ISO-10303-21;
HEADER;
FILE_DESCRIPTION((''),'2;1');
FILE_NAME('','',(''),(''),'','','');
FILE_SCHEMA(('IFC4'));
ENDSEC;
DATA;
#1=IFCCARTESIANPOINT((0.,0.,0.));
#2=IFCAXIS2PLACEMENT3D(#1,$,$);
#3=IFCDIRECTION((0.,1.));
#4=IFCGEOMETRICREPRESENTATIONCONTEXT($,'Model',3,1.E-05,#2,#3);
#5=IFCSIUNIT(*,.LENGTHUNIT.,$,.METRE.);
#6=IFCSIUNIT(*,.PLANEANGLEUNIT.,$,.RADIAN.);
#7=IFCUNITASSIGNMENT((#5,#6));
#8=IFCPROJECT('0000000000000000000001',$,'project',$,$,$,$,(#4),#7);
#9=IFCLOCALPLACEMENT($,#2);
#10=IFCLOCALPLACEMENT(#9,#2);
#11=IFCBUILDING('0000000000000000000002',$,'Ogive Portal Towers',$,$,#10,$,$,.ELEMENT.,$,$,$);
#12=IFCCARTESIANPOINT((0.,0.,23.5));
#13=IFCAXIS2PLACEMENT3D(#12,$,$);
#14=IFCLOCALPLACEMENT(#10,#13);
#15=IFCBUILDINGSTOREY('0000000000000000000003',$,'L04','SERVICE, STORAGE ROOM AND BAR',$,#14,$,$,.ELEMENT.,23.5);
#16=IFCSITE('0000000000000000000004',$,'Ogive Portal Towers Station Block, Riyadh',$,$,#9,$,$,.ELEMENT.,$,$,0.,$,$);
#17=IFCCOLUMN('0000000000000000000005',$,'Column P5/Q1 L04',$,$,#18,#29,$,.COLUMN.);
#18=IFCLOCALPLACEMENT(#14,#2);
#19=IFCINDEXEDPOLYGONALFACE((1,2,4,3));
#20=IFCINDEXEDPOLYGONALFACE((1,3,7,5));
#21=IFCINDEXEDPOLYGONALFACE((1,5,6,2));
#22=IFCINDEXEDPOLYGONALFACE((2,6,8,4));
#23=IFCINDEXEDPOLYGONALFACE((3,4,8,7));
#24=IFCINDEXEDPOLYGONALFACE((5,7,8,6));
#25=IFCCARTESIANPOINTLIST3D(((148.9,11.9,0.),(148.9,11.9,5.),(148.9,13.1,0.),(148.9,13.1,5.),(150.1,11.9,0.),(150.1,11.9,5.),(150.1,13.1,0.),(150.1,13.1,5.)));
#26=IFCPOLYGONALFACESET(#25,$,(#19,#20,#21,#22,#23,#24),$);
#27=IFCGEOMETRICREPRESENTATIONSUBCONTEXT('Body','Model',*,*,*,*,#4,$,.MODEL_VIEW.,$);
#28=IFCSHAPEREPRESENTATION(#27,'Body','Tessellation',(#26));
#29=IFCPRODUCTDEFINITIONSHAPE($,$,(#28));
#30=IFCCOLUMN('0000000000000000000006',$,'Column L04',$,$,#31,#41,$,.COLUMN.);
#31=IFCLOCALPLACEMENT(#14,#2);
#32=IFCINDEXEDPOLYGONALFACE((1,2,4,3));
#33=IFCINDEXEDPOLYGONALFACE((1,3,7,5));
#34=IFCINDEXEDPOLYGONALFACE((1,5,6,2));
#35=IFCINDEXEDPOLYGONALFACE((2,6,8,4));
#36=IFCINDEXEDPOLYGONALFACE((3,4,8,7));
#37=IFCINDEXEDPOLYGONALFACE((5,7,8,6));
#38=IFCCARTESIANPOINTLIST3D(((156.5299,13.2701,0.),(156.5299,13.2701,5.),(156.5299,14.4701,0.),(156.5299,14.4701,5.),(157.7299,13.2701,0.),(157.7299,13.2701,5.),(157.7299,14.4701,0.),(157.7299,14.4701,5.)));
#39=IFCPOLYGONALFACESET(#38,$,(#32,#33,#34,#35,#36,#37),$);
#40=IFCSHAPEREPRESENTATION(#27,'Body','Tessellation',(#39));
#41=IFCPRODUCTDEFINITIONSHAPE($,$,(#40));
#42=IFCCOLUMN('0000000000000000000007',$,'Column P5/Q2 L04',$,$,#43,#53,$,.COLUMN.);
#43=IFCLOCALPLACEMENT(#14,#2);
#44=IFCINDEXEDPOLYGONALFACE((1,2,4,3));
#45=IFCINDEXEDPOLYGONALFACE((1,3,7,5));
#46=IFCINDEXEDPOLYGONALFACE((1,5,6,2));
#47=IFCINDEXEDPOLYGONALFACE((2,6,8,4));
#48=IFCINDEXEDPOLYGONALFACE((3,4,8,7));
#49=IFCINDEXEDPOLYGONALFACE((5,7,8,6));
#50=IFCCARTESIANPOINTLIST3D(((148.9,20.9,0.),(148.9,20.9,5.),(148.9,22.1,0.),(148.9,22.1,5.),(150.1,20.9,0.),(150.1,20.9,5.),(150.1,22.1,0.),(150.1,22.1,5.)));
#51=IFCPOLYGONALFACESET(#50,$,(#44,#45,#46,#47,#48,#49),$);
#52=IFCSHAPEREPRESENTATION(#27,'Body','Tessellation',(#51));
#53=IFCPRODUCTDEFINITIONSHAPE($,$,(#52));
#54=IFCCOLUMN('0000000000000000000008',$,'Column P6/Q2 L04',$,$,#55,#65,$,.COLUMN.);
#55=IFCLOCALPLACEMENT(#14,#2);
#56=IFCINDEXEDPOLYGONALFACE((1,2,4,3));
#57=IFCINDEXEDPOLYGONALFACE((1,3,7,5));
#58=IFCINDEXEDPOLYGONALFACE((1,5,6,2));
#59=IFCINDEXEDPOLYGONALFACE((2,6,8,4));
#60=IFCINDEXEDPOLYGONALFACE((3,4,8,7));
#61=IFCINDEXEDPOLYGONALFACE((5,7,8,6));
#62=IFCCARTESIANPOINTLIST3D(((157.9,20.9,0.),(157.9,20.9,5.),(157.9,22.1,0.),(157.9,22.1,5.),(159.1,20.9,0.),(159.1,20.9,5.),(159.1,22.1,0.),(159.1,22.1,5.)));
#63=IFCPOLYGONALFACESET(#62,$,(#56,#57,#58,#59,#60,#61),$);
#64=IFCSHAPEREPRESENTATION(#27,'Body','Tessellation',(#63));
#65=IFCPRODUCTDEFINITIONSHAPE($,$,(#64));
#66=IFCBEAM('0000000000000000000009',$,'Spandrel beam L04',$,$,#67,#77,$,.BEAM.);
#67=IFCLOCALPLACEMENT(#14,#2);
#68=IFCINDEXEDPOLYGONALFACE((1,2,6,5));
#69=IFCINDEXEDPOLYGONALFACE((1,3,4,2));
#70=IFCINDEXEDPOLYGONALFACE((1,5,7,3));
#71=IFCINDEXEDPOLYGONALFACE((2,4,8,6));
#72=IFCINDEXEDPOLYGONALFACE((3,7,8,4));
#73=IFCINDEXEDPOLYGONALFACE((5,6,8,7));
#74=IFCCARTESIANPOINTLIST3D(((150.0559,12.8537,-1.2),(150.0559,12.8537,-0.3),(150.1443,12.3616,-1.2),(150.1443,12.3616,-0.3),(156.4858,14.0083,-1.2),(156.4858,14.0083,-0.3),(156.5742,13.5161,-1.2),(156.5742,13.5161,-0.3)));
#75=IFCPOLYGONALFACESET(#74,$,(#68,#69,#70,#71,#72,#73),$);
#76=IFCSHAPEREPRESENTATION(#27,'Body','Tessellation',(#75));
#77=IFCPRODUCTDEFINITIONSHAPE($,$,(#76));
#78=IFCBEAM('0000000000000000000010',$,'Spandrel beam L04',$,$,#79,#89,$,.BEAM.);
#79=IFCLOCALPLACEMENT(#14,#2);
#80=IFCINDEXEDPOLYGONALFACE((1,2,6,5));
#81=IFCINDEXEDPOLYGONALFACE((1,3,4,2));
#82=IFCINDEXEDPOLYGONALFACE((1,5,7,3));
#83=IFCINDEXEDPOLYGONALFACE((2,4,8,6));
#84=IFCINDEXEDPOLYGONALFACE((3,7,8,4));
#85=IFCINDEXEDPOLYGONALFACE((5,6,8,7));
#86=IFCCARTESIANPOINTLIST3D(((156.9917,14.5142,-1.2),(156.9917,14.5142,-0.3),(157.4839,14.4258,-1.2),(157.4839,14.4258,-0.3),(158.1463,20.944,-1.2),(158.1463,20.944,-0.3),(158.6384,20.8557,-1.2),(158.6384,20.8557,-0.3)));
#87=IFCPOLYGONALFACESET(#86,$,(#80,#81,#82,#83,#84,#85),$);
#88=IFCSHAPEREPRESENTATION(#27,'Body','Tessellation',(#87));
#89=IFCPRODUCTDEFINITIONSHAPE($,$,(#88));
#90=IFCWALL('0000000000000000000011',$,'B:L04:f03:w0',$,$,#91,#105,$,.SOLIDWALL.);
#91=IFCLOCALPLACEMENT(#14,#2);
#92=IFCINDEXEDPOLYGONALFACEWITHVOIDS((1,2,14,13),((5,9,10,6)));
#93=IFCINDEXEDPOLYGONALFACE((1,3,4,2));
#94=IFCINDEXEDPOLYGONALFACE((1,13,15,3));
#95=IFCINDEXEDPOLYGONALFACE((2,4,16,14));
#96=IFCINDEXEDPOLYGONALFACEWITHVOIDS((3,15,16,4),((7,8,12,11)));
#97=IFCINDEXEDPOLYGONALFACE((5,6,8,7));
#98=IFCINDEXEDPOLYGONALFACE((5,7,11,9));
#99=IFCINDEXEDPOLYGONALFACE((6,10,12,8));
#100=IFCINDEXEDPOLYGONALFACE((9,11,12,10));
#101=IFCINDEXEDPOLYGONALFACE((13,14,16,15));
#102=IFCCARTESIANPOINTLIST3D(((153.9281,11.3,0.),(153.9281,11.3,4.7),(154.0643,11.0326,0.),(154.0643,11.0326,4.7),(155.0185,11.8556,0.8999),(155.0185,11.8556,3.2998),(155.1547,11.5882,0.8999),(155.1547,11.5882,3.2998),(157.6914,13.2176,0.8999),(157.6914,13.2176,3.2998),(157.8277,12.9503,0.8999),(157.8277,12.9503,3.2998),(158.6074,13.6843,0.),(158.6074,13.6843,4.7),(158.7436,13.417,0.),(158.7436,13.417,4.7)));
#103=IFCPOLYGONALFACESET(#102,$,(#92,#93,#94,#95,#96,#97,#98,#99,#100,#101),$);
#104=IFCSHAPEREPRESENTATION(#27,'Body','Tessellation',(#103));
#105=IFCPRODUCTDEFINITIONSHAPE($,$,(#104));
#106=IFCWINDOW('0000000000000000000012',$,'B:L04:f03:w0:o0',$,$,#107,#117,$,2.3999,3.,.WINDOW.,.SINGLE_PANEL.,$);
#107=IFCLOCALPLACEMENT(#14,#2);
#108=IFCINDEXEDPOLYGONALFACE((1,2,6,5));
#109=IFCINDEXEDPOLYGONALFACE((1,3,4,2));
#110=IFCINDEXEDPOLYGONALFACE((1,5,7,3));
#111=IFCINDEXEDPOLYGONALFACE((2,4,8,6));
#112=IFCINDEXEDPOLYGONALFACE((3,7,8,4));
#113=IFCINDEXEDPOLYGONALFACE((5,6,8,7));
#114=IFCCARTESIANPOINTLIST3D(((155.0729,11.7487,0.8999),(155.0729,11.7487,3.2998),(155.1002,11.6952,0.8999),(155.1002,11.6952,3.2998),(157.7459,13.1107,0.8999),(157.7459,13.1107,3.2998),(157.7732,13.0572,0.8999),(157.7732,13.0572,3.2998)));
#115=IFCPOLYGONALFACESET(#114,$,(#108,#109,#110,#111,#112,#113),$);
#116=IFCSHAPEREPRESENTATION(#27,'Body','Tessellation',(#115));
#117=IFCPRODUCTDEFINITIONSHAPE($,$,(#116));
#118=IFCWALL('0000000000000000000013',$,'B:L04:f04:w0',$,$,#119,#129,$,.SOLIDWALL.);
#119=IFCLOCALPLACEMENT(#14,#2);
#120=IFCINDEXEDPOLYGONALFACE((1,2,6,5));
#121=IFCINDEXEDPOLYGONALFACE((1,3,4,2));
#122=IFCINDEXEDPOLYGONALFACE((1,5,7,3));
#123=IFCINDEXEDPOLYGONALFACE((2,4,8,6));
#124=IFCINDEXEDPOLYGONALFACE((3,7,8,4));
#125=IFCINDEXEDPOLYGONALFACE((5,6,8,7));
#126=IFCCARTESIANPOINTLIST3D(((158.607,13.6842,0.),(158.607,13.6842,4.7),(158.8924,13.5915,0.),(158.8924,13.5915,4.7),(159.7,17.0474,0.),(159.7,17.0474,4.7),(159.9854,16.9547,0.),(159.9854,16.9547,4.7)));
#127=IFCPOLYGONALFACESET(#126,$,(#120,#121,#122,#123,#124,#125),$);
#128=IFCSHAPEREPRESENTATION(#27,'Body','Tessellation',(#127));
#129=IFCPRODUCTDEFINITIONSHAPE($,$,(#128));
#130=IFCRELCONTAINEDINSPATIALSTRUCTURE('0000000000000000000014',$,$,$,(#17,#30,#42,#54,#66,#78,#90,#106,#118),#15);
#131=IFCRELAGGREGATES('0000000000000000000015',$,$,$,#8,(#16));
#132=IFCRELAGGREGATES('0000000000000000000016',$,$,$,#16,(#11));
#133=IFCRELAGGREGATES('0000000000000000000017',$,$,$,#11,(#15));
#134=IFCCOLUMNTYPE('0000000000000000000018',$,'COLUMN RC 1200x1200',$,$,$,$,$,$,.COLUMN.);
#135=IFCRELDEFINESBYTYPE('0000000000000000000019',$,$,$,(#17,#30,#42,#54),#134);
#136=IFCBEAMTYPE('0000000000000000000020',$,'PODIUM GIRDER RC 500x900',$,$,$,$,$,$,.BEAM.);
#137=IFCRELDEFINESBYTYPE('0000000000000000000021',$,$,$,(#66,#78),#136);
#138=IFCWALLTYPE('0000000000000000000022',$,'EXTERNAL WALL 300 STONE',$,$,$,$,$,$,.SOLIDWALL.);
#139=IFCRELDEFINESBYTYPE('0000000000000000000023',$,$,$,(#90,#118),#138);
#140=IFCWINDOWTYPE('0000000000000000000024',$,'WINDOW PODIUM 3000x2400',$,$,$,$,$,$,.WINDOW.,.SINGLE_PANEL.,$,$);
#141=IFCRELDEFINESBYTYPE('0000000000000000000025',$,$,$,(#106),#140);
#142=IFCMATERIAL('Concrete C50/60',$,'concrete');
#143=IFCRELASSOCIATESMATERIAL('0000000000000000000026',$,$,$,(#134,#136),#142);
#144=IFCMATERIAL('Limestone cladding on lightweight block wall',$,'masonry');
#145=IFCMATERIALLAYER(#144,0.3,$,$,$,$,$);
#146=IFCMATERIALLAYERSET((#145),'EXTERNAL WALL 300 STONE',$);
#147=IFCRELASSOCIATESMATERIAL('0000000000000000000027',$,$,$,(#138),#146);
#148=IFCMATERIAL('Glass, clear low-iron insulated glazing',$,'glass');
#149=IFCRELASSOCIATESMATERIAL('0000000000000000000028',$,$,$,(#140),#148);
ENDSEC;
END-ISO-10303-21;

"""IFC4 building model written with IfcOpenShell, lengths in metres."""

from ifc_helpers import new_model, si_unit, direction, frame, frame_2d, origin, origin_2d, place, context, subcontext, project, spatial, rectangle, extrude, material, layer, layer_set, material_profile, profile_set, type_object, element, fill, save


model = new_model("IFC4")

# Units and contexts
model_context = context("Model", 3, precision=1e-05, world=origin(), true_north=direction((0.0, 1.0)))
body_context = subcontext(model_context, "Body", "Model", "MODEL_VIEW")
ifc_project = project(units=[si_unit("LENGTHUNIT", "METRE"), si_unit("PLANEANGLEUNIT", "RADIAN")], contexts=[model_context])

# Site, building, storey
site_placement = place(None, origin())
site = spatial("IfcSite", under=ifc_project, at=site_placement, Name="Ogive Portal Towers Station Block, Riyadh", CompositionType="ELEMENT", RefElevation=0.0)
building_placement = place(site_placement, origin())
building = spatial("IfcBuilding", under=site, at=building_placement, Name="Ogive Portal Towers", CompositionType="ELEMENT")
storey_placement = place(building_placement, frame((0.0, 0.0, 23.5)))
storey = spatial("IfcBuildingStorey", under=building, at=storey_placement, Name="L04", Description="SERVICE, STORAGE ROOM AND BAR", CompositionType="ELEMENT", Elevation=23.5)

# Columns
ifc_material_1 = material(Name="Concrete C50/60", Category="concrete")
ifc_material_profile_1 = material_profile(ifc_material_1, rectangle(XDim=1.2, YDim=1.2, at=origin_2d()), Name="RC 1200x1200")
ifc_profile_set_1 = profile_set([ifc_material_profile_1], Name="Concrete C50/60")
column_type = type_object("IfcColumnType", Name="COLUMN RC 1200x1200", PredefinedType="COLUMN", material=ifc_profile_set_1)
for number, where, z_axis, x_axis, name in (
    (1, (149.5, 12.5, 0.0), (0.0, 0.0, 1.0), (1.0, 0.0, 0.0), "Column P5/Q1 L04"),
    (2, (157.1299, 13.8701, 0.0), (0.0, 0.0, 1.0), (1.0, 0.0, 0.0), "Column L04"),
    (3, (149.5, 21.5, 0.0), (0.0, 0.0, 1.0), (1.0, 0.0, 0.0), "Column P5/Q2 L04"),
    (4, (158.5, 21.5, 0.0), (0.0, 0.0, 1.0), (1.0, 0.0, 0.0), "Column P6/Q2 L04"),
):
    element("IfcColumn", number, at=place(storey_placement, frame(where, z_axis=z_axis, x_axis=x_axis)), inside=storey, type_object=column_type, Name=name, PredefinedType="COLUMN", context=body_context, shape_type="SweptSolid", body=[
        extrude(rectangle(XDim=1.2, YDim=1.2, at=origin_2d()), origin(), (0.0, 0.0, 1.0), 5.0),
    ])

# Beams
ifc_material_profile_2 = material_profile(ifc_material_1, rectangle(XDim=0.5, YDim=0.8999, at=origin_2d()), Name="RC 500x900")
ifc_profile_set_2 = profile_set([ifc_material_profile_2], Name="Concrete C50/60")
beam_type = type_object("IfcBeamType", Name="PODIUM GIRDER RC 500x900", PredefinedType="BEAM", material=ifc_profile_set_2)
for number, where, z_axis, x_axis, name in (
    (5, (150.1001, 12.6077, -0.75), (0.984259, 0.176731, 0.0), (-0.176731, 0.984259, 0.0), "Spandrel beam L04"),
    (6, (157.2378, 14.47, -0.75), (0.176731, 0.984259, 0.0), (-0.984259, 0.176731, 0.0), "Spandrel beam L04"),
):
    element("IfcBeam", number, at=place(storey_placement, frame(where, z_axis=z_axis, x_axis=x_axis)), inside=storey, type_object=beam_type, Name=name, PredefinedType="BEAM", context=body_context, shape_type="SweptSolid", body=[
        extrude(rectangle(XDim=0.5, YDim=0.8999, at=origin_2d()), origin(), (0.0, 0.0, 1.0), 6.5327),
    ])

# Wall, opening, window
ifc_material_2 = material(Name="Limestone cladding on lightweight block wall", Category="masonry")
ifc_layer_1 = layer(ifc_material_2, 0.3)
ifc_layer_set_1 = layer_set([ifc_layer_1], Name="EXTERNAL WALL 300 STONE")
wall_type_1 = type_object("IfcWallType", Name="EXTERNAL WALL 300 STONE", PredefinedType="SOLIDWALL", material=ifc_layer_set_1)
wall_1_placement = place(storey_placement, frame((153.9961, 11.1663, 0.0), z_axis=(0.0, 0.0, 1.0), x_axis=(0.890998, 0.454007, 0.0)))
wall_1 = element("IfcWall", 7, at=wall_1_placement, inside=storey, type_object=wall_type_1, Name="B:L04:f03:w0", PredefinedType="SOLIDWALL", context=body_context, shape_type="SweptSolid", body=[
    extrude(rectangle(XDim=5.2517, YDim=0.3, at=frame_2d((2.626, 0.0))), origin(), (0.0, 0.0, 1.0), 4.7),
])
opening_1_placement = place(wall_1_placement, frame((1.2239, 0.0, 0.8999)))
opening_1 = element("IfcOpeningElement", 8, at=opening_1_placement, cuts=wall_1, PredefinedType="OPENING", context=body_context, shape_type="SweptSolid", body=[
    extrude(rectangle(XDim=3.0, YDim=2.3999, at=frame_2d((1.5, 1.2))), frame((0.0, 0.1602, 0.0), z_axis=(0.0, -1.0, 0.0), x_axis=(1.0, 0.0, 0.0)), (0.0, 0.0, 1.0), 0.3201),
])
ifc_material_3 = material(Name="Glass, clear low-iron insulated glazing", Category="glass")
window_type = type_object("IfcWindowType", Name="WINDOW PODIUM 3000x2400", PartitioningType="SINGLE_PANEL", PredefinedType="WINDOW", material=ifc_material_3)
window_1_placement = place(opening_1_placement, origin())
window_1 = element("IfcWindow", 9, at=window_1_placement, inside=storey, type_object=window_type, Name="B:L04:f03:w0:o0", OverallHeight=2.3999, OverallWidth=3.0, PartitioningType="SINGLE_PANEL", PredefinedType="WINDOW", context=body_context, shape_type="SweptSolid", body=[
    extrude(rectangle(XDim=3.0, YDim=2.3999, at=frame_2d((1.5, 1.2))), frame((0.0, 0.03, 0.0), z_axis=(0.0, -1.0, 0.0), x_axis=(1.0, 0.0, 0.0)), (0.0, 0.0, 1.0), 0.0601),
])
fill(opening_1, window_1)

# Wall
wall_2_placement = place(storey_placement, frame((158.7498, 13.6379, 0.0), z_axis=(0.0, 0.0, 1.0), x_axis=(0.309074, 0.951038, 0.0)))
element("IfcWall", 10, at=wall_2_placement, inside=storey, type_object=wall_type_1, Name="B:L04:f04:w0", PredefinedType="SOLIDWALL", context=body_context, shape_type="SweptSolid", body=[
    extrude(rectangle(XDim=3.5364, YDim=0.3, at=frame_2d((1.7681, 0.0))), origin(), (0.0, 0.0, 1.0), 4.7),
])

save(model, "model.ifc")
